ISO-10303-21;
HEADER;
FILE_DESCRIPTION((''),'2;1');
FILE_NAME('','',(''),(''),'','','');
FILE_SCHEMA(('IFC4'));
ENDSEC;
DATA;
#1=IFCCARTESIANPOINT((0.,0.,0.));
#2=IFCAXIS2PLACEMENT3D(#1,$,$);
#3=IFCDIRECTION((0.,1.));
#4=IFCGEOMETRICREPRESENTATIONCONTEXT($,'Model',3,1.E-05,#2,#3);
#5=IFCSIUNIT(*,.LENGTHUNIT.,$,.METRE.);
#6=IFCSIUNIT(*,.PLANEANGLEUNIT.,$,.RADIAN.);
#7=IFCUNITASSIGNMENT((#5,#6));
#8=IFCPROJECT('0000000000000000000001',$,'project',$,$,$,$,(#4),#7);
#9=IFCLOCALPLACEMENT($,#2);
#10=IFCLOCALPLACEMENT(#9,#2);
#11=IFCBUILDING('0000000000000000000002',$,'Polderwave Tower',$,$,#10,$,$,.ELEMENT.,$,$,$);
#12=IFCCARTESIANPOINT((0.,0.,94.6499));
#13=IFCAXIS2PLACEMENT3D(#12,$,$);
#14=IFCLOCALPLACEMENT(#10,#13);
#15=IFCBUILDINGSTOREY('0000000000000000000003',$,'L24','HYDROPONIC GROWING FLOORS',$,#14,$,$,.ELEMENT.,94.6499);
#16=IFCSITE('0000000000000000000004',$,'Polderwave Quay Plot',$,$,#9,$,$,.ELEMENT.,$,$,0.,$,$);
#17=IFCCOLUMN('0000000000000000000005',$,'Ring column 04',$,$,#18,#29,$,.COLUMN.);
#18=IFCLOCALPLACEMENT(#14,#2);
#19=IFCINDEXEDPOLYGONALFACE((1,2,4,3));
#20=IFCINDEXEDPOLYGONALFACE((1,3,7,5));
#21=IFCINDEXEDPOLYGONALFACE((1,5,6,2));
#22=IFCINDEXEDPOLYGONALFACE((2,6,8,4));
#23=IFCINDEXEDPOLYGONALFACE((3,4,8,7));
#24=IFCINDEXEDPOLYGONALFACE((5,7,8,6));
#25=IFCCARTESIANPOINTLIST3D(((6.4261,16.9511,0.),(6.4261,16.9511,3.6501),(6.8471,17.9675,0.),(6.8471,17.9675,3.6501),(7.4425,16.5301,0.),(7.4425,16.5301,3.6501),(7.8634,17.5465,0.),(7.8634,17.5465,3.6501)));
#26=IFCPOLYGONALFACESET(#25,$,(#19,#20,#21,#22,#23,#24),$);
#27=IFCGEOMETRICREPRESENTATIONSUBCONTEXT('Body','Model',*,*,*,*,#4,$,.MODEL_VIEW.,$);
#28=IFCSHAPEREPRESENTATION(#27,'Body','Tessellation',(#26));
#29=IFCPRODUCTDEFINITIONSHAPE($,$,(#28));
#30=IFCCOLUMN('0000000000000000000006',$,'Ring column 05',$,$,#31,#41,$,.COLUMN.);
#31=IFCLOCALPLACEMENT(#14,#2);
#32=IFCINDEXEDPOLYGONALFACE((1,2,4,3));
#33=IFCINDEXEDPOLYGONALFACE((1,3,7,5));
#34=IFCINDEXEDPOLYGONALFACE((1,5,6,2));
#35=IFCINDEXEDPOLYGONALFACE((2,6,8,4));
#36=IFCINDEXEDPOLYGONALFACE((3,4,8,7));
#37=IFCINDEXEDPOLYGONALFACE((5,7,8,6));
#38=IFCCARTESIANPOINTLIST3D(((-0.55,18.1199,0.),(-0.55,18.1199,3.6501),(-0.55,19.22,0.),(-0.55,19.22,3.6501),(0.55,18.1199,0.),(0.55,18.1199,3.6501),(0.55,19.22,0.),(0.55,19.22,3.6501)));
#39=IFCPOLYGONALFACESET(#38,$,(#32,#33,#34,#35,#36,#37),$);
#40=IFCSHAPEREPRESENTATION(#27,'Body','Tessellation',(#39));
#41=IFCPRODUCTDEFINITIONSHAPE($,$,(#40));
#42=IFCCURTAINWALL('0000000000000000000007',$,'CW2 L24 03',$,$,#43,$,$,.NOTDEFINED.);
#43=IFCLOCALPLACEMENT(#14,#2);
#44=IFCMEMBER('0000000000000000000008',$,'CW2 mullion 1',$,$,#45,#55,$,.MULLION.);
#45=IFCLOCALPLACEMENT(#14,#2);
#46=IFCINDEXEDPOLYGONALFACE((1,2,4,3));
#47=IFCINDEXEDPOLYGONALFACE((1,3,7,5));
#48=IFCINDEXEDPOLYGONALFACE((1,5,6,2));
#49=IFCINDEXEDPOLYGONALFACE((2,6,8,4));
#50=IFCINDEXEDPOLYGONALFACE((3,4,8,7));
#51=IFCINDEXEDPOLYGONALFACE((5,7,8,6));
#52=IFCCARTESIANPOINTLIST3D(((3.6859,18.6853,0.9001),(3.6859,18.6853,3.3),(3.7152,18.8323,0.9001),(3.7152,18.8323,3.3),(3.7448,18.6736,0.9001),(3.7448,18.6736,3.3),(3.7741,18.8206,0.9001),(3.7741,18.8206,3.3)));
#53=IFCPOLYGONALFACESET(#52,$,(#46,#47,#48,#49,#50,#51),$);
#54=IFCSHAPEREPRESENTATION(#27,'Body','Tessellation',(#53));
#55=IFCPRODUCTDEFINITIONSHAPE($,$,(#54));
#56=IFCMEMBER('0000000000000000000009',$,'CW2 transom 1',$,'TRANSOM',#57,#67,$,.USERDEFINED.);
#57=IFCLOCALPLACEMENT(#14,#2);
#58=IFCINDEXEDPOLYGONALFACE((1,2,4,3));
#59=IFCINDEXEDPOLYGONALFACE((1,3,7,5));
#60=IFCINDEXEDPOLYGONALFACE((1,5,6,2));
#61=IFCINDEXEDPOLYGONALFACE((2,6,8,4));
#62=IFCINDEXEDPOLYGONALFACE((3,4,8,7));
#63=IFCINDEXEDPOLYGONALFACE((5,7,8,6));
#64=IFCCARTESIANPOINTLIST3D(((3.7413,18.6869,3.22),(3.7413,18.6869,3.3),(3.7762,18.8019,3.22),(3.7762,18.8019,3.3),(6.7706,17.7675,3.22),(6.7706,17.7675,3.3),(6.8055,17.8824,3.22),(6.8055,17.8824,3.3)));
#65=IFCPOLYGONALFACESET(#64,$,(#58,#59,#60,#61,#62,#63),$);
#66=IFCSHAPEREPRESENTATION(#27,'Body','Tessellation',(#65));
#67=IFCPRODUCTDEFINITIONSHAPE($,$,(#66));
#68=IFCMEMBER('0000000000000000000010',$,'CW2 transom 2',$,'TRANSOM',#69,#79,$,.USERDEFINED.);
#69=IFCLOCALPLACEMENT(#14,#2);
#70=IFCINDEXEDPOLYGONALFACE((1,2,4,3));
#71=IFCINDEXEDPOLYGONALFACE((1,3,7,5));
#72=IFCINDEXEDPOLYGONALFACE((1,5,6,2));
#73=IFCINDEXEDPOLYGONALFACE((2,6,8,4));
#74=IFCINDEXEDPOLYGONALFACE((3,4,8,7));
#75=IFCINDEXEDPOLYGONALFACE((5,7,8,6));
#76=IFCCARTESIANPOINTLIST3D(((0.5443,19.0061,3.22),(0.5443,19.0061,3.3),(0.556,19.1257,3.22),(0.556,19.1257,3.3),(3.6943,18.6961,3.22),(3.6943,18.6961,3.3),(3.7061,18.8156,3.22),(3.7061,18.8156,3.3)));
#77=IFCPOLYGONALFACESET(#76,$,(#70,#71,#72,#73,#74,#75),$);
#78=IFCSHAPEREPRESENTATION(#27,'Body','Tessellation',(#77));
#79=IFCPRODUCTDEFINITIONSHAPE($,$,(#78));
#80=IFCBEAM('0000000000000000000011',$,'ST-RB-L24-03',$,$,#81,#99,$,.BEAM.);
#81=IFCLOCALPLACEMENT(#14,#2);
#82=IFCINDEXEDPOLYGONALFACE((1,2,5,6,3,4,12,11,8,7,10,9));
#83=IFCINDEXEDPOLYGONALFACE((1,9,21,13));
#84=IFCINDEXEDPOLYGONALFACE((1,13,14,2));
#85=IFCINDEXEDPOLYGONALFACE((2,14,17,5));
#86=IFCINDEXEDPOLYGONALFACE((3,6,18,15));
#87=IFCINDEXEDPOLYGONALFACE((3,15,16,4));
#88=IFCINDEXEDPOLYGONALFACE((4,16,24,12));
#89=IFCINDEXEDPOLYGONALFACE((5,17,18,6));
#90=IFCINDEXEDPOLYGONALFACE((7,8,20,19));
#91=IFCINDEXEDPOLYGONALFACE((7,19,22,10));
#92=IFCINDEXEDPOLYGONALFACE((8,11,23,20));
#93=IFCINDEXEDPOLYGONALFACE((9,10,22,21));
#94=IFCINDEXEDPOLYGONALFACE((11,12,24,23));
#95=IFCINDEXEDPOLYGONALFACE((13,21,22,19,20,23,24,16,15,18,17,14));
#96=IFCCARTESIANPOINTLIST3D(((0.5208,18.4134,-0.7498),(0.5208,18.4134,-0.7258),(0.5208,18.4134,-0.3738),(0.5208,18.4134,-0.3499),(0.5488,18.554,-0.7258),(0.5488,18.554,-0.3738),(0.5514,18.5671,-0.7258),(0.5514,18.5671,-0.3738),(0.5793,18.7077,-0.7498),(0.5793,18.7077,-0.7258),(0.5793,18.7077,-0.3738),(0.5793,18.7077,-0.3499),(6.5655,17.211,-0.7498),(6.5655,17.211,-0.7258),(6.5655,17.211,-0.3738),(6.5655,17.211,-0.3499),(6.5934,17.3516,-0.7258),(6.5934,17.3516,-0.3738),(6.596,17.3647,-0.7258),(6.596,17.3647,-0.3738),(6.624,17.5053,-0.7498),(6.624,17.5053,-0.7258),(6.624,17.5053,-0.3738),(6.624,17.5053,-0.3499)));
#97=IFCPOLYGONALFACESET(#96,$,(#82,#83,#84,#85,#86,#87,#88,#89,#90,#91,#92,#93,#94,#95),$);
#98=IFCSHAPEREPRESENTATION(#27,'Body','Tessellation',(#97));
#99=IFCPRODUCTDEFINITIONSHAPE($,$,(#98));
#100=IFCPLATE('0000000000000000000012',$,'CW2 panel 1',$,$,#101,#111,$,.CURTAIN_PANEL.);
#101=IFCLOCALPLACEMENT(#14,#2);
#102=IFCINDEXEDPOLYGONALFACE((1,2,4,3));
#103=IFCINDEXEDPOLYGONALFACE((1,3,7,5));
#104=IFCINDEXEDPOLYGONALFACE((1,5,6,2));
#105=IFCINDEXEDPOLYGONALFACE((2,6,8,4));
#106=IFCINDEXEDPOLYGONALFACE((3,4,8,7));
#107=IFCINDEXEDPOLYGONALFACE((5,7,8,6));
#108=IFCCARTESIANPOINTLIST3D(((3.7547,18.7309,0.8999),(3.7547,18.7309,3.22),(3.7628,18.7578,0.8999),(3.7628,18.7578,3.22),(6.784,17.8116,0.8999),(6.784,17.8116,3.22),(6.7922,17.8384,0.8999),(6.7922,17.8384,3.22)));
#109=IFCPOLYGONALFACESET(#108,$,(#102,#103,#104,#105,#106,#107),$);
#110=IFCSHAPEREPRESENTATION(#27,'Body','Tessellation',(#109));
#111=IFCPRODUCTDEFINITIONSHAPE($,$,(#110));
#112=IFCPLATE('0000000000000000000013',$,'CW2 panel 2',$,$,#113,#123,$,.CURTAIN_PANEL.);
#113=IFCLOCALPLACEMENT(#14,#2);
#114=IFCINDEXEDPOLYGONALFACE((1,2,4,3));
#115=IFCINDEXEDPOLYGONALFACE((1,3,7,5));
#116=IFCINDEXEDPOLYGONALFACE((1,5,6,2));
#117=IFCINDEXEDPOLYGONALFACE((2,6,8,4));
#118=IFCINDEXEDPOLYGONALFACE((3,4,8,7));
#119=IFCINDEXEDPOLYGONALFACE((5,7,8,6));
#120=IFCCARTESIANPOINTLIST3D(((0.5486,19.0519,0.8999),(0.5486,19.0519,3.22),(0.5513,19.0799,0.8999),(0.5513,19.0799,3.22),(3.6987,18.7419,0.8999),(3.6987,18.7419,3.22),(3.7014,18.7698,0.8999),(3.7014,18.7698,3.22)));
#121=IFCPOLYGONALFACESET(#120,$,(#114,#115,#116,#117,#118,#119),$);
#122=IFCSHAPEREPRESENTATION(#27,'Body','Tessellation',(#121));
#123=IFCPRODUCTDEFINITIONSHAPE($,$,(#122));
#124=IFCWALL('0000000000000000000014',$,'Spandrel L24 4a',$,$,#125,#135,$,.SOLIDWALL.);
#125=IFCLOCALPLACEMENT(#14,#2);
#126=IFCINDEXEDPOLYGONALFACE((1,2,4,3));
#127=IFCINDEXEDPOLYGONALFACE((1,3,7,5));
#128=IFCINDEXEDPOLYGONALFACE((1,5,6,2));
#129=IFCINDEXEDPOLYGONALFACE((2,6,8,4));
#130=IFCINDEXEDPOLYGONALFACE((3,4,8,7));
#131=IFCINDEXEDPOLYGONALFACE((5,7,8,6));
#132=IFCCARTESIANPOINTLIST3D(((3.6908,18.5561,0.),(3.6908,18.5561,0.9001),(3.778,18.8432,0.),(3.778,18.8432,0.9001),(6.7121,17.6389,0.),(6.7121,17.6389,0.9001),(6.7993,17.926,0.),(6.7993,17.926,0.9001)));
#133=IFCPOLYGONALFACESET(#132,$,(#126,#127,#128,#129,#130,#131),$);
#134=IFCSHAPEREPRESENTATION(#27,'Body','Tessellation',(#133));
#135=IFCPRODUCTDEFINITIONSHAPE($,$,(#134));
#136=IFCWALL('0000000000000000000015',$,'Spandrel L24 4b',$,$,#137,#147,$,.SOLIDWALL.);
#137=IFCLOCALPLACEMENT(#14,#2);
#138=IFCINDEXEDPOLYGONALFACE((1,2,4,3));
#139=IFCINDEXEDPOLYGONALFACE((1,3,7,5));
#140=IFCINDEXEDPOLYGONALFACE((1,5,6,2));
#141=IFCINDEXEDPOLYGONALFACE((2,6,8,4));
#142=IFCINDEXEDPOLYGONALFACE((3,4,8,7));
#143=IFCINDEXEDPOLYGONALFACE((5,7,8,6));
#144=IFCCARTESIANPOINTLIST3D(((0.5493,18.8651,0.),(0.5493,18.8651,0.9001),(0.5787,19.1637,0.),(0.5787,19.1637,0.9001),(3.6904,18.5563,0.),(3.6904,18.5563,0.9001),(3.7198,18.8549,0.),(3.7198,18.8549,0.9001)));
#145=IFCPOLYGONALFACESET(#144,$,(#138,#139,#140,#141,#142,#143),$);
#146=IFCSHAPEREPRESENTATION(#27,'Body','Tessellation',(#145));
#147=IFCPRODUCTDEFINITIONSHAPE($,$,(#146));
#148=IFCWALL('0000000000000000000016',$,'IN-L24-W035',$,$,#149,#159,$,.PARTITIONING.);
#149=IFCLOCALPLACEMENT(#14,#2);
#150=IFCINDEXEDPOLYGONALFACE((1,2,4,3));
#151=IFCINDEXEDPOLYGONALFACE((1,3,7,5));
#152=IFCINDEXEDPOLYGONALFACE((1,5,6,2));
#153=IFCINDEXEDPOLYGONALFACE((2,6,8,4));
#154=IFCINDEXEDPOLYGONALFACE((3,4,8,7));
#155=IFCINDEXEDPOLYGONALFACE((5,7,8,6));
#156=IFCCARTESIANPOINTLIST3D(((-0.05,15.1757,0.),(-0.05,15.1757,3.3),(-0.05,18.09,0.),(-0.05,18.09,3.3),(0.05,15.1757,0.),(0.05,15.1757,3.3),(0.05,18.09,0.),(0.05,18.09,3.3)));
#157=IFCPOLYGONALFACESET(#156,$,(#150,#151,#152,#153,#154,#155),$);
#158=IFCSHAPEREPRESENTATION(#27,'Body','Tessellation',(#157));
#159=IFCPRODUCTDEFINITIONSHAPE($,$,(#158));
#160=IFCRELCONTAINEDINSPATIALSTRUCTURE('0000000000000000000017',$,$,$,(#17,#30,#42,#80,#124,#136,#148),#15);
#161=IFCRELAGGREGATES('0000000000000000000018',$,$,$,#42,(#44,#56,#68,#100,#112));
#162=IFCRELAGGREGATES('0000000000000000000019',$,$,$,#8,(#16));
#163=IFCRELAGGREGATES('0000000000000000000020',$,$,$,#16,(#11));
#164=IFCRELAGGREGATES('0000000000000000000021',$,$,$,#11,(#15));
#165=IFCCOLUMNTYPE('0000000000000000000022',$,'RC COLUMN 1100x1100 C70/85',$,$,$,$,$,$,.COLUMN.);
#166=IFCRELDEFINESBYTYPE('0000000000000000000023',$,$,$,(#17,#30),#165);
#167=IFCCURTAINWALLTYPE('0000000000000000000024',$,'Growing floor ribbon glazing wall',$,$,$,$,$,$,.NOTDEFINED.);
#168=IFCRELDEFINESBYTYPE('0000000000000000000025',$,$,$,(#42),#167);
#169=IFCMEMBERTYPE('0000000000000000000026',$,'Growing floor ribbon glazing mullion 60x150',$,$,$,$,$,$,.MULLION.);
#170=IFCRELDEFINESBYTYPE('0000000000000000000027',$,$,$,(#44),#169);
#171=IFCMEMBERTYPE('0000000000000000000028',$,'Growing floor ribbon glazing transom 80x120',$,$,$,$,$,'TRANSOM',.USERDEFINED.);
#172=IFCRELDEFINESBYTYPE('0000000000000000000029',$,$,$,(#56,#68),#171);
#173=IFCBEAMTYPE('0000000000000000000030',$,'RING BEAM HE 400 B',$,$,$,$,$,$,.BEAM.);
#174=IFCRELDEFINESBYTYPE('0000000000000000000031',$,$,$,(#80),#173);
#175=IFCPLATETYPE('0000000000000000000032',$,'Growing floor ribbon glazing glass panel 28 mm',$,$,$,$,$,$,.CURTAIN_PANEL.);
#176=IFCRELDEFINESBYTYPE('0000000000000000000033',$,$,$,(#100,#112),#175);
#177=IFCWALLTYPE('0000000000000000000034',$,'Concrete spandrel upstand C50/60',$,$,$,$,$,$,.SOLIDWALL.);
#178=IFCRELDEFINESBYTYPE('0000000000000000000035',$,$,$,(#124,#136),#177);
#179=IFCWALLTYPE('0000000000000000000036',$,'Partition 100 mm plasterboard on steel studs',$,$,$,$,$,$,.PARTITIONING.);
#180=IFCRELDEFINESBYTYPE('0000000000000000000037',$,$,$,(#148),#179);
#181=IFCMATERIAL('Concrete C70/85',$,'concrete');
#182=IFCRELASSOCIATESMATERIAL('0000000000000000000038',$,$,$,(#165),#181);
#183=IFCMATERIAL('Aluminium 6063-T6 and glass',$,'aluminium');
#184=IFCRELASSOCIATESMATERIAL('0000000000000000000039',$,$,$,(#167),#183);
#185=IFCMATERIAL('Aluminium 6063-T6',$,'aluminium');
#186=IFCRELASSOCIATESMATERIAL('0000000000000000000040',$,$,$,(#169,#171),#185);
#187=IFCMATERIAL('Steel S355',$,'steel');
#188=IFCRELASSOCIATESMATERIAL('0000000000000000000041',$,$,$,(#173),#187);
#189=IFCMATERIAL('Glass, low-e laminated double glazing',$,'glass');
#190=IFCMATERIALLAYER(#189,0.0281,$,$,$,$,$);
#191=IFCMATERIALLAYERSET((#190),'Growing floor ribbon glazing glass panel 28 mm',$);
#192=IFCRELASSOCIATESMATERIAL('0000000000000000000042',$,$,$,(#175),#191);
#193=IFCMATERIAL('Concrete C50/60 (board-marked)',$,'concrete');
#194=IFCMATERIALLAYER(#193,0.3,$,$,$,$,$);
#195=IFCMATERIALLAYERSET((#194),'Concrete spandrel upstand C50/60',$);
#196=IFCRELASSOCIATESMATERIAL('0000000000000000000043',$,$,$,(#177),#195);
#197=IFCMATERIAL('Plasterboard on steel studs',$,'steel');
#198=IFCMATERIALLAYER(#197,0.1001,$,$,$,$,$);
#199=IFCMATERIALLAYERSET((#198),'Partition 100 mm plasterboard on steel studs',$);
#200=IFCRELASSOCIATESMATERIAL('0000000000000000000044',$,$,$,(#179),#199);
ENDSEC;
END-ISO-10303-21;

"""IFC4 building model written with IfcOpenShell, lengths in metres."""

from ifc_helpers import new_model, si_unit, direction, frame, frame_2d, origin, origin_2d, place, context, subcontext, project, spatial, rectangle, i_section, extrude, material, layer, layer_set, material_profile, profile_set, type_object, element, aggregate, save


model = new_model("IFC4")

# Units and contexts
model_context = context("Model", 3, precision=1e-05, world=origin(), true_north=direction((0.0, 1.0)))
body_context = subcontext(model_context, "Body", "Model", "MODEL_VIEW")
ifc_project = project(units=[si_unit("LENGTHUNIT", "METRE"), si_unit("PLANEANGLEUNIT", "RADIAN")], contexts=[model_context])

# Site, building, storey
site_placement = place(None, origin())
site = spatial("IfcSite", under=ifc_project, at=site_placement, Name="Polderwave Quay Plot", CompositionType="ELEMENT", RefElevation=0.0)
building_placement = place(site_placement, origin())
building = spatial("IfcBuilding", under=site, at=building_placement, Name="Polderwave Tower", CompositionType="ELEMENT")
storey_placement = place(building_placement, frame((0.0, 0.0, 94.6499)))
storey = spatial("IfcBuildingStorey", under=building, at=storey_placement, Name="L24", Description="HYDROPONIC GROWING FLOORS", CompositionType="ELEMENT", Elevation=94.6499)

# Columns
ifc_material_1 = material(Name="Concrete C70/85", Category="concrete")
ifc_material_profile_1 = material_profile(ifc_material_1, rectangle(XDim=1.1001, YDim=1.1001, at=origin_2d()), Name="RC 1100x1100")
ifc_profile_set_1 = profile_set([ifc_material_profile_1], Name="Concrete C70/85")
column_type = type_object("IfcColumnType", Name="RC COLUMN 1100x1100 C70/85", PredefinedType="COLUMN", material=ifc_profile_set_1)
for number, where, z_axis, x_axis, name in (
    (1, (7.1448, 17.2488, 0.0), (0.0, 0.0, 1.0), (0.382683, 0.92388, 0.0), "Ring column 04"),
    (2, (0.0, 18.6699, 0.0), (0.0, 0.0, 1.0), (0.0, 1.0, 0.0), "Ring column 05"),
):
    element("IfcColumn", number, at=place(storey_placement, frame(where, z_axis=z_axis, x_axis=x_axis)), inside=storey, type_object=column_type, Name=name, PredefinedType="COLUMN", context=body_context, shape_type="SweptSolid", body=[
        extrude(rectangle(XDim=1.1001, YDim=1.1001, at=origin_2d()), origin(), (0.0, 0.0, 1.0), 3.6501),
    ])

# Curtain wall, members
ifc_material_2 = material(Name="Aluminium 6063-T6 and glass", Category="aluminium")
curtain_wall_type = type_object("IfcCurtainWallType", Name="Growing floor ribbon glazing wall", PredefinedType="NOTDEFINED", material=ifc_material_2)
curtain_wall_placement = place(storey_placement, origin())
curtain_wall = element("IfcCurtainWall", 3, at=curtain_wall_placement, inside=storey, type_object=curtain_wall_type, Name="CW2 L24 03", PredefinedType="NOTDEFINED")
ifc_material_3 = material(Name="Aluminium 6063-T6", Category="aluminium")
ifc_material_profile_2 = material_profile(ifc_material_3, rectangle(XDim=0.1499, YDim=0.0601, at=origin_2d()), Name="AL 60x150")
ifc_profile_set_2 = profile_set([ifc_material_profile_2], Name="Aluminium 6063-T6")
member_type_1 = type_object("IfcMemberType", Name="Growing floor ribbon glazing mullion 60x150", PredefinedType="MULLION", material=ifc_profile_set_2)
member_1_placement = place(storey_placement, frame((3.73, 18.7529, 0.9001), z_axis=(0.0, 0.0, 1.0), x_axis=(-0.195113, -0.980781, 0.0)))
member_1 = element("IfcMember", 4, at=member_1_placement, type_object=member_type_1, Name="CW2 mullion 1", PredefinedType="MULLION", context=body_context, shape_type="SweptSolid", body=[
    extrude(rectangle(XDim=0.1499, YDim=0.0601, at=origin_2d()), origin(), (0.0, 0.0, 1.0), 2.3999),
])
ifc_material_profile_3 = material_profile(ifc_material_3, rectangle(XDim=0.1201, YDim=0.0801, at=origin_2d()), Name="AL 80x120")
ifc_profile_set_3 = profile_set([ifc_material_profile_3], Name="Aluminium 6063-T6")
member_type_2 = type_object("IfcMemberType", Name="Growing floor ribbon glazing transom 80x120", ElementType="TRANSOM", PredefinedType="USERDEFINED", material=ifc_profile_set_3)
member_2_placement = place(storey_placement, frame((6.7881, 17.825, 3.26), z_axis=(-0.956896, 0.290431, 0.0), x_axis=(-0.290431, -0.956896, 0.0)))
member_2 = element("IfcMember", 5, at=member_2_placement, type_object=member_type_2, Name="CW2 transom 1", ObjectType="TRANSOM", PredefinedType="USERDEFINED", context=body_context, shape_type="SweptSolid", body=[
    extrude(rectangle(XDim=0.1201, YDim=0.0801, at=origin_2d()), origin(), (0.0, 0.0, 1.0), 3.1658),
])
member_3_placement = place(storey_placement, frame((3.7002, 18.7559, 3.26), z_axis=(-0.995191, 0.097953, 0.0), x_axis=(-0.097953, -0.995191, 0.0)))
member_3 = element("IfcMember", 6, at=member_3_placement, type_object=member_type_2, Name="CW2 transom 2", ObjectType="TRANSOM", PredefinedType="USERDEFINED", context=body_context, shape_type="SweptSolid", body=[
    extrude(rectangle(XDim=0.1201, YDim=0.0801, at=origin_2d()), origin(), (0.0, 0.0, 1.0), 3.1653),
])

# Beam
ifc_material_4 = material(Name="Steel S355", Category="steel")
ifc_material_profile_4 = material_profile(ifc_material_4, i_section(OverallWidth=0.3, OverallDepth=0.3999, WebThickness=0.0134, FlangeThickness=0.0239, at=origin_2d()), Name="HE 400 B")
ifc_profile_set_4 = profile_set([ifc_material_profile_4], Name="Steel S355")
beam_type = type_object("IfcBeamType", Name="RING BEAM HE 400 B", PredefinedType="BEAM", material=ifc_profile_set_4)
beam_placement = place(storey_placement, frame((6.5947, 17.3582, -0.5498), z_axis=(-0.980784, 0.195095, 0.0), x_axis=(-0.195095, -0.980784, 0.0)))
element("IfcBeam", 7, at=beam_placement, inside=storey, type_object=beam_type, Name="ST-RB-L24-03", PredefinedType="BEAM", context=body_context, shape_type="SweptSolid", body=[
    extrude(i_section(OverallWidth=0.3, OverallDepth=0.3999, WebThickness=0.0134, FlangeThickness=0.0239, at=origin_2d()), origin(), (0.0, 0.0, 1.0), 6.1631),
])

# Plates
ifc_material_5 = material(Name="Glass, low-e laminated double glazing", Category="glass")
ifc_layer_1 = layer(ifc_material_5, 0.0281)
ifc_layer_set_1 = layer_set([ifc_layer_1], Name="Growing floor ribbon glazing glass panel 28 mm")
plate_type = type_object("IfcPlateType", Name="Growing floor ribbon glazing glass panel 28 mm", PredefinedType="CURTAIN_PANEL", material=ifc_layer_set_1)
plate_1_placement = place(storey_placement, frame((5.2734, 18.2847, 0.8999), z_axis=(0.0, 0.0, 1.0), x_axis=(-0.956908, 0.29039, 0.0)))
plate_1 = element("IfcPlate", 8, at=plate_1_placement, type_object=plate_type, Name="CW2 panel 1", PredefinedType="CURTAIN_PANEL", context=body_context, shape_type="SweptSolid", body=[
    extrude(rectangle(XDim=3.1658, YDim=0.0281, at=origin_2d()), origin(), (0.0, 0.0, 1.0), 2.3201),
])
plate_2_placement = place(storey_placement, frame((2.125, 18.9109, 0.8999), z_axis=(0.0, 0.0, 1.0), x_axis=(-0.995191, 0.097955, 0.0)))
plate_2 = element("IfcPlate", 9, at=plate_2_placement, type_object=plate_type, Name="CW2 panel 2", PredefinedType="CURTAIN_PANEL", context=body_context, shape_type="SweptSolid", body=[
    extrude(rectangle(XDim=3.1653, YDim=0.0281, at=origin_2d()), origin(), (0.0, 0.0, 1.0), 2.3201),
])
aggregate(curtain_wall, [member_1, member_2, member_3, plate_1, plate_2])

# Walls
ifc_material_6 = material(Name="Concrete C50/60 (board-marked)", Category="concrete")
ifc_layer_2 = layer(ifc_material_6, 0.3)
ifc_layer_set_2 = layer_set([ifc_layer_2], Name="Concrete spandrel upstand C50/60")
wall_type_1 = type_object("IfcWallType", Name="Concrete spandrel upstand C50/60", PredefinedType="SOLIDWALL", material=ifc_layer_set_2)
wall_1_placement = place(storey_placement, frame((6.7556, 17.7825, 0.0), z_axis=(0.0, 0.0, 1.0), x_axis=(-0.956874, 0.290503, 0.0)))
element("IfcWall", 10, at=wall_1_placement, inside=storey, type_object=wall_type_1, Name="Spandrel L24 4a", PredefinedType="SOLIDWALL", context=body_context, shape_type="SweptSolid", body=[
    extrude(rectangle(XDim=3.1575, YDim=0.3, at=frame_2d((1.5786, 0.0))), origin(), (0.0, 0.0, 1.0), 0.9001),
])
wall_2_placement = place(storey_placement, frame((3.7051, 18.7056, 0.0), z_axis=(0.0, 0.0, 1.0), x_axis=(-0.995201, 0.097849, 0.0)))
element("IfcWall", 11, at=wall_2_placement, inside=storey, type_object=wall_type_1, Name="Spandrel L24 4b", PredefinedType="SOLIDWALL", context=body_context, shape_type="SweptSolid", body=[
    extrude(rectangle(XDim=3.1562, YDim=0.3, at=frame_2d((1.5781, 0.0))), origin(), (0.0, 0.0, 1.0), 0.9001),
])
ifc_material_7 = material(Name="Plasterboard on steel studs", Category="steel")
ifc_layer_3 = layer(ifc_material_7, 0.1001)
ifc_layer_set_3 = layer_set([ifc_layer_3], Name="Partition 100 mm plasterboard on steel studs")
wall_type_2 = type_object("IfcWallType", Name="Partition 100 mm plasterboard on steel studs", PredefinedType="PARTITIONING", material=ifc_layer_set_3)
wall_3_placement = place(storey_placement, frame((0.0, 15.1758, 0.0), z_axis=(0.0, 0.0, 1.0), x_axis=(0.0, 1.0, 0.0)))
element("IfcWall", 12, at=wall_3_placement, inside=storey, type_object=wall_type_2, Name="IN-L24-W035", PredefinedType="PARTITIONING", context=body_context, shape_type="SweptSolid", body=[
    extrude(rectangle(XDim=2.9143, YDim=0.1001, at=frame_2d((1.457, 0.0))), origin(), (0.0, 0.0, 1.0), 3.3),
])

save(model, "model.ifc")
